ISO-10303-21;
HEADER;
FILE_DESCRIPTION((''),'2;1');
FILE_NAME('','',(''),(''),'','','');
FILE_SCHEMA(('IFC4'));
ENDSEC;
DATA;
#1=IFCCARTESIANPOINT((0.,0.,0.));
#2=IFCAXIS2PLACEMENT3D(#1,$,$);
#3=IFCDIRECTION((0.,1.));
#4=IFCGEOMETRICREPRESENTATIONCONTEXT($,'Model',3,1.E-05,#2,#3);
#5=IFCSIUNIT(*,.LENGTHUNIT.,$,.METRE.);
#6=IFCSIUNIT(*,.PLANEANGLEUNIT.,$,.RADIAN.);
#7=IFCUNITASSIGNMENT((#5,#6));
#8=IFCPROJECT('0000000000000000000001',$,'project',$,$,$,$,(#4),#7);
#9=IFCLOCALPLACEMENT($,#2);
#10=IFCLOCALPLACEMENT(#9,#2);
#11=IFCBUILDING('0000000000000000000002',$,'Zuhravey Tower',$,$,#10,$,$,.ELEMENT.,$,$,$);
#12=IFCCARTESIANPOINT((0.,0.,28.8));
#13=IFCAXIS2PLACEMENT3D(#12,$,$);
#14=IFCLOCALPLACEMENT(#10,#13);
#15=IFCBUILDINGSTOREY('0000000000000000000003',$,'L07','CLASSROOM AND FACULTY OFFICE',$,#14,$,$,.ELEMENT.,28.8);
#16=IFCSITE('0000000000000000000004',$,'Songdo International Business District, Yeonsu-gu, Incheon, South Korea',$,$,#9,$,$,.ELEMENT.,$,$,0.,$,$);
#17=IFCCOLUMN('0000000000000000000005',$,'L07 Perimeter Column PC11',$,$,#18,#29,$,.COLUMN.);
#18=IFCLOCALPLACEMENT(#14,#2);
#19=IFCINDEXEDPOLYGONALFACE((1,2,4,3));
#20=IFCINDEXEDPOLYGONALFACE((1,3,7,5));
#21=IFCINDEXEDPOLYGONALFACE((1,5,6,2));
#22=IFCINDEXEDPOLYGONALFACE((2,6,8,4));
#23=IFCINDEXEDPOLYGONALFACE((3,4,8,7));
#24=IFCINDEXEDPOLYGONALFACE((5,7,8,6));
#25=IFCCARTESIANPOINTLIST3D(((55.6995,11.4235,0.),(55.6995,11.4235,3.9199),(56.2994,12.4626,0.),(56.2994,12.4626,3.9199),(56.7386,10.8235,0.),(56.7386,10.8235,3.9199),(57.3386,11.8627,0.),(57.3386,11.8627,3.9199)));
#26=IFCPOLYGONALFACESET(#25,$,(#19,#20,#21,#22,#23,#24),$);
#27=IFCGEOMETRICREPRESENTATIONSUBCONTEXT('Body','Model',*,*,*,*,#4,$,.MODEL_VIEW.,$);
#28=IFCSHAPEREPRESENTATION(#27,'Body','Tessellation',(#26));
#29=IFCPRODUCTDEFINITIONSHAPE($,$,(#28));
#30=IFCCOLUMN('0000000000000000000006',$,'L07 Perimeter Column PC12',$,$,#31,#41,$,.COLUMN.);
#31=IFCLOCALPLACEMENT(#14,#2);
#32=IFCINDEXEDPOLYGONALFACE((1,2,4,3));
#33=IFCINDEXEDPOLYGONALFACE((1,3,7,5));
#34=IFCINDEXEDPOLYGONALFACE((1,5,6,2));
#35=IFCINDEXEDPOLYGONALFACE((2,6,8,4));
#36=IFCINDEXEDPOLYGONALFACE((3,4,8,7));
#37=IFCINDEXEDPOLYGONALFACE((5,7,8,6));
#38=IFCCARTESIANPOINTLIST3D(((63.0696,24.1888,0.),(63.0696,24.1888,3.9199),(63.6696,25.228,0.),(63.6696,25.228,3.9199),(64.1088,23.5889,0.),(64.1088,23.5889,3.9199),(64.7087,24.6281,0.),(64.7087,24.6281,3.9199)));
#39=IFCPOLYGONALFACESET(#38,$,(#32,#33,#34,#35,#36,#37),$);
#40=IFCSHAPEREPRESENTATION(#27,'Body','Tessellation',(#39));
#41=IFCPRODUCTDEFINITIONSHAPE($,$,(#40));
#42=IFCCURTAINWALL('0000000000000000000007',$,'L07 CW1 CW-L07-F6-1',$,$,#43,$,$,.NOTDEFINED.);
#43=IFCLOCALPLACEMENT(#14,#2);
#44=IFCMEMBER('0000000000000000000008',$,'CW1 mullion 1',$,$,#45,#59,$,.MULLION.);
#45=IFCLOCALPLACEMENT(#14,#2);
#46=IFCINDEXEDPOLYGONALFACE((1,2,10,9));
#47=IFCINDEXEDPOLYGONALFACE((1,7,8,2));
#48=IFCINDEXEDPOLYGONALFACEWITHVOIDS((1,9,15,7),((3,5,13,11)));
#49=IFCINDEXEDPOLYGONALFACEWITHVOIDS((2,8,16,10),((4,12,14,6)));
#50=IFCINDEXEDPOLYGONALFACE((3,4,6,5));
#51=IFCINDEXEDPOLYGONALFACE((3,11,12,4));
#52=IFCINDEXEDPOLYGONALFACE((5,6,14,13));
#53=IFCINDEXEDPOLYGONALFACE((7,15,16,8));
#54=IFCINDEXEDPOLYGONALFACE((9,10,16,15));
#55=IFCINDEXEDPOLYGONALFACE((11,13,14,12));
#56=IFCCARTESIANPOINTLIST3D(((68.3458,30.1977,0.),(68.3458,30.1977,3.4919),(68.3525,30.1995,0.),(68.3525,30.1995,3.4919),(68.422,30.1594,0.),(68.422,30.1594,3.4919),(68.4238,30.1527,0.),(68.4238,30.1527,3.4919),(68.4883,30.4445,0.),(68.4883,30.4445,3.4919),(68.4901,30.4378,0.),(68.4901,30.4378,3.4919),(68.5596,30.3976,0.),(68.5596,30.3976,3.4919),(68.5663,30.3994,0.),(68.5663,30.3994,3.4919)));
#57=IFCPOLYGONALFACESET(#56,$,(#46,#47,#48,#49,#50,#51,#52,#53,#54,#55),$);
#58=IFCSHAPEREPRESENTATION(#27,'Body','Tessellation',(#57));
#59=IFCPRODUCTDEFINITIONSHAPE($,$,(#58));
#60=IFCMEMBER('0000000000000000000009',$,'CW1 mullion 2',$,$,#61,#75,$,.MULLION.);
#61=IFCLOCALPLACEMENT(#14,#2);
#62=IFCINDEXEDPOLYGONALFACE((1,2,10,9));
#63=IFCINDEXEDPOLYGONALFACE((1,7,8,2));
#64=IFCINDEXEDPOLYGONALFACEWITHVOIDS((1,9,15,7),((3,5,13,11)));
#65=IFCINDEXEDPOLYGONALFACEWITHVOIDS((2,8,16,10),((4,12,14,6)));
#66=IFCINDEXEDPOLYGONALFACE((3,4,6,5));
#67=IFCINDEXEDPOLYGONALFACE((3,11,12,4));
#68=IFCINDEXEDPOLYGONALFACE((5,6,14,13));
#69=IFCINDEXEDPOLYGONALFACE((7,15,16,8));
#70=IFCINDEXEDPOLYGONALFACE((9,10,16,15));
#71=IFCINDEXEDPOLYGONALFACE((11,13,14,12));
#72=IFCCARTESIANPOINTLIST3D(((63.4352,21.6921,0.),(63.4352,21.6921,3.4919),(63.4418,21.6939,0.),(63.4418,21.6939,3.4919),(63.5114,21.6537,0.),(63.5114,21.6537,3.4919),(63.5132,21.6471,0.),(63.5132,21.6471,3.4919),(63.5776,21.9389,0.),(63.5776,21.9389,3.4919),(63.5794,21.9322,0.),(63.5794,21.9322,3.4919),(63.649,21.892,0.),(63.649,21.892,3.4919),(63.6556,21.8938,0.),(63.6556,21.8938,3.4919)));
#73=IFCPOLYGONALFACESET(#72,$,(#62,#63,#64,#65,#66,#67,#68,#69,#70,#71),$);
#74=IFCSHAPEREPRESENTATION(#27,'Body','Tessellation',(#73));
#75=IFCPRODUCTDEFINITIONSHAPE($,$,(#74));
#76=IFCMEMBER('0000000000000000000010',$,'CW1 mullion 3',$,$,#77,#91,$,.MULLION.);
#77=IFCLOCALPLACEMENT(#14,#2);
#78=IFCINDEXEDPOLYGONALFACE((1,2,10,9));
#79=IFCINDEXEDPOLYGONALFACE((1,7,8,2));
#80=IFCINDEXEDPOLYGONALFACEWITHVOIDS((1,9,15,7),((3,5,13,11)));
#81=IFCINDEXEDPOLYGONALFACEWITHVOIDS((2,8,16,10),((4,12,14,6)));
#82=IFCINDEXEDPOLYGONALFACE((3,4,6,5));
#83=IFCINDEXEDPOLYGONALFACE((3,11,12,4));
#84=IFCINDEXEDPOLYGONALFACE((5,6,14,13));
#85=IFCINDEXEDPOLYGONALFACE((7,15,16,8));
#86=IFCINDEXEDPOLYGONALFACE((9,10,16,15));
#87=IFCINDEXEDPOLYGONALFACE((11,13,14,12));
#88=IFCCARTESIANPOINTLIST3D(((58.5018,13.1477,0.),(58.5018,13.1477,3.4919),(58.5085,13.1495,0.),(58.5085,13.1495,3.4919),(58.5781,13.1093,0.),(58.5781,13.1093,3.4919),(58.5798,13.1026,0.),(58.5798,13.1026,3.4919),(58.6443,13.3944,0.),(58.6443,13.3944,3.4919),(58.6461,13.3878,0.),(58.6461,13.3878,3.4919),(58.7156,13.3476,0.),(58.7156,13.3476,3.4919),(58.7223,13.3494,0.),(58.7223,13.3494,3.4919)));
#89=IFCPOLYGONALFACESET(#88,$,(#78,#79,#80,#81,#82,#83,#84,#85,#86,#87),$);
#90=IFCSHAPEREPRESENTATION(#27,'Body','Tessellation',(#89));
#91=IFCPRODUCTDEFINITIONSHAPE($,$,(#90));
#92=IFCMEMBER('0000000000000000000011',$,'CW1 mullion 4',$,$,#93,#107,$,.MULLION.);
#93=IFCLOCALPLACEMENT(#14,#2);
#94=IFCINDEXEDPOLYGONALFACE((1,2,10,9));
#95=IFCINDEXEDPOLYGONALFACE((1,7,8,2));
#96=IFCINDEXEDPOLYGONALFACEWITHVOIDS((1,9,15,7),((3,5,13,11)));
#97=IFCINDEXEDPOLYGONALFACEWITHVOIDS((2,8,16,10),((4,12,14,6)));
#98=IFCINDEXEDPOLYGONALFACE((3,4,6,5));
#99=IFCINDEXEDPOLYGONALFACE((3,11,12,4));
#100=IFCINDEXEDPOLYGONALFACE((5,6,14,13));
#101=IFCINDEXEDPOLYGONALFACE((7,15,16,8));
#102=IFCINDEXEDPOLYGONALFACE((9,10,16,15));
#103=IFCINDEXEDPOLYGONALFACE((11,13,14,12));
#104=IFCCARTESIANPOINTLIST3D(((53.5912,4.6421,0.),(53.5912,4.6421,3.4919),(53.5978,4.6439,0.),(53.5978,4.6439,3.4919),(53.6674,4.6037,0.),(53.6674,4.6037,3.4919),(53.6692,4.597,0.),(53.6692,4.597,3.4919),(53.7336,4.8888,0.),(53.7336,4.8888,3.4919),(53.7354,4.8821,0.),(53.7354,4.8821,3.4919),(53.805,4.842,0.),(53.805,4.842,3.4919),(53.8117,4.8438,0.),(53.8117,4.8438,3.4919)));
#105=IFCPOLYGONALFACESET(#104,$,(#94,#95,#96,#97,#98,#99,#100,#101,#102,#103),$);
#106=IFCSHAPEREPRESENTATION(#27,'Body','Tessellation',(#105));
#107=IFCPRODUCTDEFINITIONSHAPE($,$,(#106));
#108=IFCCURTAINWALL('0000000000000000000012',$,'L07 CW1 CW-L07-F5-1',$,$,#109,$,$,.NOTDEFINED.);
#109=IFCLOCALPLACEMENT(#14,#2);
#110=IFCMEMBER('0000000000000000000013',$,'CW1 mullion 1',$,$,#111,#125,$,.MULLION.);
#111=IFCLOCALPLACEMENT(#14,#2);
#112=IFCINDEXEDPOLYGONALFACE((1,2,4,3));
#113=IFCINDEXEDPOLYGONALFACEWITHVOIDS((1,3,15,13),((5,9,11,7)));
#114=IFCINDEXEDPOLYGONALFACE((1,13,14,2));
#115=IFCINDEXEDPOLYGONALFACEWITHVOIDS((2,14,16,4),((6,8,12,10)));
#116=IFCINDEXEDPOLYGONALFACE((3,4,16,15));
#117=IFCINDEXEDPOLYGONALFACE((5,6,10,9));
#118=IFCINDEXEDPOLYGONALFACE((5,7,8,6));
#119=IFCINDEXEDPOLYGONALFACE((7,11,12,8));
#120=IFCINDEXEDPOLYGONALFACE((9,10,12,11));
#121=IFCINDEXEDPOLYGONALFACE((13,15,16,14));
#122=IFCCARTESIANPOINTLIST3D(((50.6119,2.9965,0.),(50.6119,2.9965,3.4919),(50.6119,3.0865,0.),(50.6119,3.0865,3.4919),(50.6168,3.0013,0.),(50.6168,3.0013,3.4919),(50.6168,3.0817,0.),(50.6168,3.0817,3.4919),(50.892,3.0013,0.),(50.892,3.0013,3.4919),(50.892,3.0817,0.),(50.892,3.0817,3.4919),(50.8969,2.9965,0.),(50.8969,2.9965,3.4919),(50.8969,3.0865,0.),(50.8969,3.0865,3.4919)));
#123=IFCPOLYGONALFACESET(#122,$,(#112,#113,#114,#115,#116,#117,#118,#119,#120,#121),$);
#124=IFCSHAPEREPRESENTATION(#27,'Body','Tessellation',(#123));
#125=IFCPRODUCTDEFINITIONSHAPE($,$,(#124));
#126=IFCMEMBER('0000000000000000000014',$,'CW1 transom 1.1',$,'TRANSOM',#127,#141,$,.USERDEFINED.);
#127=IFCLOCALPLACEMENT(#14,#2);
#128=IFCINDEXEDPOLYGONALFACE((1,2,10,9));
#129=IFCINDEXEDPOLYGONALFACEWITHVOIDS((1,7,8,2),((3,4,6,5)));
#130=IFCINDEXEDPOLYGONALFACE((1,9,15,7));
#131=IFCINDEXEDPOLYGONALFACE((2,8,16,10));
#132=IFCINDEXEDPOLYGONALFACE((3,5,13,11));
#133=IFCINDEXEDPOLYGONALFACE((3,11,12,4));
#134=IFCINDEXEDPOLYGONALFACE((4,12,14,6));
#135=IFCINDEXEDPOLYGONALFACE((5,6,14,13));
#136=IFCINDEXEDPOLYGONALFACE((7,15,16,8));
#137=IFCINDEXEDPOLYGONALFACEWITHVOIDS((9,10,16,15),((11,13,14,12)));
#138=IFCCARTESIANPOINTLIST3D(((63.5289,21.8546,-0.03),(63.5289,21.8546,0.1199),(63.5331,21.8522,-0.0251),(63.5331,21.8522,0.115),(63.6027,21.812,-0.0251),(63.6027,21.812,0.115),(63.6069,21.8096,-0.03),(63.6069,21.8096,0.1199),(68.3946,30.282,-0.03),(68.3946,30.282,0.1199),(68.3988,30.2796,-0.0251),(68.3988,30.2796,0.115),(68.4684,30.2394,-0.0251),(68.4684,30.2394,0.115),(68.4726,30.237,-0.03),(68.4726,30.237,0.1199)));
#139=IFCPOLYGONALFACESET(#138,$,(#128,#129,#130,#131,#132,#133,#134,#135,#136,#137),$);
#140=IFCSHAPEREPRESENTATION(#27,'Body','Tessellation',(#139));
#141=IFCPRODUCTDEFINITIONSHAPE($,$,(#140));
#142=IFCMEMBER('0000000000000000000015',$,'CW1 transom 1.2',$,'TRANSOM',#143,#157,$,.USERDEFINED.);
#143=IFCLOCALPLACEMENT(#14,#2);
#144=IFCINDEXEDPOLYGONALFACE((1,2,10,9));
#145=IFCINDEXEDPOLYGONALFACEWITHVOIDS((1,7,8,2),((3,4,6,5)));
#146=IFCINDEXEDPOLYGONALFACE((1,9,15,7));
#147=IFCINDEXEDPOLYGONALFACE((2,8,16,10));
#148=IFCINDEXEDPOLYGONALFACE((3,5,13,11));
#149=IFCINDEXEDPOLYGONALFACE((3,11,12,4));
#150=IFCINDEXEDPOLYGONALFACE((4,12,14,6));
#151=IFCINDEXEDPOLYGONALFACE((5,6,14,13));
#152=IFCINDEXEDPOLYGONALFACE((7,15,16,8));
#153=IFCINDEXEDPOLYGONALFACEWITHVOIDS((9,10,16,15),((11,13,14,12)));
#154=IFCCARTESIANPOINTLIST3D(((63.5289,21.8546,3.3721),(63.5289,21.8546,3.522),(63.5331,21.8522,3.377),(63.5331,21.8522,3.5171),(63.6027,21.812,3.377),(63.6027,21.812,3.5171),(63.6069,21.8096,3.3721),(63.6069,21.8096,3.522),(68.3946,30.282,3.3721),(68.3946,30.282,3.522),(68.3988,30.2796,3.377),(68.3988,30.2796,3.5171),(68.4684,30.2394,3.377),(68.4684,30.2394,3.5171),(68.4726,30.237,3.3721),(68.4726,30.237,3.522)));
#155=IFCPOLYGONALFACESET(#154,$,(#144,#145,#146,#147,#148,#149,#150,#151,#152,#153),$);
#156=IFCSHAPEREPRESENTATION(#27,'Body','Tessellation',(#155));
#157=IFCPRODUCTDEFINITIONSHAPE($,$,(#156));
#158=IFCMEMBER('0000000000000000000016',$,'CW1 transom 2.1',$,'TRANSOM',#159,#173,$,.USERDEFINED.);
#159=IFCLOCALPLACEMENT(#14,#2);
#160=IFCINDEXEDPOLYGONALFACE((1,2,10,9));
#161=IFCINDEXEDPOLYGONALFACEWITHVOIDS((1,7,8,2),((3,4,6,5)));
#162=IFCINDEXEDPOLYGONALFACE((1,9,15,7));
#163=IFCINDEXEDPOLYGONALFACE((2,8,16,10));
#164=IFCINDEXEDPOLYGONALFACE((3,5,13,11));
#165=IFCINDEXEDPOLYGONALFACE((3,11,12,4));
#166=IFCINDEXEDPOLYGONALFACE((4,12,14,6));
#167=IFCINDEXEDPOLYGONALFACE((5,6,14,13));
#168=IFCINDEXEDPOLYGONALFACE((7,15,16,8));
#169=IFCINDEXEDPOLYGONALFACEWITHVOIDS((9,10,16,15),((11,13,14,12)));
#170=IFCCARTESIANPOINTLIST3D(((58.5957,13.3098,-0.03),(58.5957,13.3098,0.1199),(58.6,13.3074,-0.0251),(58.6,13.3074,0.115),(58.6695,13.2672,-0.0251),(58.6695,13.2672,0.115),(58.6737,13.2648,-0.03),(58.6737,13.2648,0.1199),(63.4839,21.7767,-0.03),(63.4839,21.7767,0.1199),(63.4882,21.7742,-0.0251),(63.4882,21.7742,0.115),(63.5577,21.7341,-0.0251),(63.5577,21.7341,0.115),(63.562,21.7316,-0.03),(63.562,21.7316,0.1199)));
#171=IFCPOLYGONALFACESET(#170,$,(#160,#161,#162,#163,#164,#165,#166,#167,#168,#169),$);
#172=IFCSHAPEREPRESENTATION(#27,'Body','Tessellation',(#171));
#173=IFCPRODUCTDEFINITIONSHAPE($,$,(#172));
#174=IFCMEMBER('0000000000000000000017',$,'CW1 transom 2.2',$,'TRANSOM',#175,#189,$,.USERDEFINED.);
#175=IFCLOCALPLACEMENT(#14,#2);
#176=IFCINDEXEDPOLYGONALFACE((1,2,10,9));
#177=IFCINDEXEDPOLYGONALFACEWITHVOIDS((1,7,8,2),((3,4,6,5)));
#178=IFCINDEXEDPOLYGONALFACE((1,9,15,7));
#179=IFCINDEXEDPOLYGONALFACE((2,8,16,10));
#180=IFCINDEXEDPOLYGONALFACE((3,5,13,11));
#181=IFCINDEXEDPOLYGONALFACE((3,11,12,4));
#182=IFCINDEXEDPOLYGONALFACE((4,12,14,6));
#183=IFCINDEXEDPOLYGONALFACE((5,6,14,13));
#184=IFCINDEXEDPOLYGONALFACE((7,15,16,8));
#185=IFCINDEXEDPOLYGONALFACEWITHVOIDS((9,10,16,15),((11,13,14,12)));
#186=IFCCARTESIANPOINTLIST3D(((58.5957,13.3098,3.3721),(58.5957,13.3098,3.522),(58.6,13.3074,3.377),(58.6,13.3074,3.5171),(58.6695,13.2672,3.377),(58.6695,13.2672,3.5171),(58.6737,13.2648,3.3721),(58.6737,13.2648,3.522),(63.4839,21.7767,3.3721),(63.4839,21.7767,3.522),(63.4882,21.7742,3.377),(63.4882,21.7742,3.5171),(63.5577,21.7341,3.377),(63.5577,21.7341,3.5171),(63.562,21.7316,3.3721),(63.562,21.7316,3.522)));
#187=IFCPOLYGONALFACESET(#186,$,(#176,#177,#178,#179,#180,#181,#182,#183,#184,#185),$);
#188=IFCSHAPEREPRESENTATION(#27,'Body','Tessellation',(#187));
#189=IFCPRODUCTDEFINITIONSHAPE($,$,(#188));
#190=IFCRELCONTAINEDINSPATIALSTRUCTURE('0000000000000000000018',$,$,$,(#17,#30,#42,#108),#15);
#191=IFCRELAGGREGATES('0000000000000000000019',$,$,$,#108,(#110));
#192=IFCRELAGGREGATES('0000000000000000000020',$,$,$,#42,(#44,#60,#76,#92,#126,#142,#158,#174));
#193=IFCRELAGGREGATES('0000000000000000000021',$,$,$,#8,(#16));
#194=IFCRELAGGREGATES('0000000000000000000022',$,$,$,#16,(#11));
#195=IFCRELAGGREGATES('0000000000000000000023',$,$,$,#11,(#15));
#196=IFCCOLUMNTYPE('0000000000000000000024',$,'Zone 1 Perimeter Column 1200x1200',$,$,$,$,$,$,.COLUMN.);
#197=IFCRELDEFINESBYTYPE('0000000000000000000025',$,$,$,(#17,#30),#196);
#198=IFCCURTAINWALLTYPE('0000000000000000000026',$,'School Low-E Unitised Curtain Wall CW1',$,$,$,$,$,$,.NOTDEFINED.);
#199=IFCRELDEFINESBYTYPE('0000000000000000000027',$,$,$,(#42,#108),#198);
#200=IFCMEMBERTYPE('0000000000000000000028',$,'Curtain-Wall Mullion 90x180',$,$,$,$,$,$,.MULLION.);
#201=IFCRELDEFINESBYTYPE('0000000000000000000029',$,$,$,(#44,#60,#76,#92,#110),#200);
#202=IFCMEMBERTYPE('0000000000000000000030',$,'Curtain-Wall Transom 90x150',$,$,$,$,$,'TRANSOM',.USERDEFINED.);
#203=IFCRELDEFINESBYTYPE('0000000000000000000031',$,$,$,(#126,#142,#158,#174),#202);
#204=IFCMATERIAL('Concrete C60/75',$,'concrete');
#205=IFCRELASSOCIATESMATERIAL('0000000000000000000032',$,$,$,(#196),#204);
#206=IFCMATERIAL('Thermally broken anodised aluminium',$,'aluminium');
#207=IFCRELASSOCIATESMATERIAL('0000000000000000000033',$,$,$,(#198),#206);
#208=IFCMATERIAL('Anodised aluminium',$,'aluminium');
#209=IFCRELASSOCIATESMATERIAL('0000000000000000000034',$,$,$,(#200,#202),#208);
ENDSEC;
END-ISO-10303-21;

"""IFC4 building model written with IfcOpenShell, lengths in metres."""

from ifc_helpers import new_model, si_unit, direction, frame, origin, origin_2d, place, context, subcontext, project, spatial, rectangle, hollow_rectangle, extrude, material, material_profile, profile_set, type_object, element, aggregate, save


model = new_model("IFC4")

# Units and contexts
model_context = context("Model", 3, precision=1e-05, world=origin(), true_north=direction((0.0, 1.0)))
body_context = subcontext(model_context, "Body", "Model", "MODEL_VIEW")
ifc_project = project(units=[si_unit("LENGTHUNIT", "METRE"), si_unit("PLANEANGLEUNIT", "RADIAN")], contexts=[model_context])

# Site, building, storey
site_placement = place(None, origin())
site = spatial("IfcSite", under=ifc_project, at=site_placement, Name="Songdo International Business District, Yeonsu-gu, Incheon, South Korea", CompositionType="ELEMENT", RefElevation=0.0)
building_placement = place(site_placement, origin())
building = spatial("IfcBuilding", under=site, at=building_placement, Name="Zuhravey Tower", CompositionType="ELEMENT")
storey_placement = place(building_placement, frame((0.0, 0.0, 28.8)))
storey = spatial("IfcBuildingStorey", under=building, at=storey_placement, Name="L07", Description="CLASSROOM AND FACULTY OFFICE", CompositionType="ELEMENT", Elevation=28.8)

# Columns
ifc_material_1 = material(Name="Concrete C60/75", Category="concrete")
ifc_material_profile_1 = material_profile(ifc_material_1, rectangle(XDim=1.2, YDim=1.2, at=origin_2d()), Name="RC-1200x1200")
ifc_profile_set_1 = profile_set([ifc_material_profile_1], Name="Concrete C60/75")
column_type = type_object("IfcColumnType", Name="Zone 1 Perimeter Column 1200x1200", PredefinedType="COLUMN", material=ifc_profile_set_1)
for number, where, z_axis, x_axis, name in (
    (1, (56.519, 11.6431, 0.0), (0.0, 0.0, 1.0), (0.5, 0.866025, 0.0), "L07 Perimeter Column PC11"),
    (2, (63.8892, 24.4084, 0.0), (0.0, 0.0, 1.0), (0.5, 0.866025, 0.0), "L07 Perimeter Column PC12"),
):
    element("IfcColumn", number, at=place(storey_placement, frame(where, z_axis=z_axis, x_axis=x_axis)), inside=storey, type_object=column_type, Name=name, PredefinedType="COLUMN", context=body_context, shape_type="SweptSolid", body=[
        extrude(rectangle(XDim=1.2, YDim=1.2, at=origin_2d()), origin(), (0.0, 0.0, 1.0), 3.9199),
    ])

# Curtain wall, members
ifc_material_2 = material(Name="Thermally broken anodised aluminium", Category="aluminium")
curtain_wall_type = type_object("IfcCurtainWallType", Name="School Low-E Unitised Curtain Wall CW1", PredefinedType="NOTDEFINED", material=ifc_material_2)
curtain_wall_1_placement = place(storey_placement, origin())
curtain_wall_1 = element("IfcCurtainWall", 3, at=curtain_wall_1_placement, inside=storey, type_object=curtain_wall_type, Name="L07 CW1 CW-L07-F6-1", PredefinedType="NOTDEFINED")
ifc_material_3 = material(Name="Anodised aluminium", Category="aluminium")
ifc_material_profile_2 = material_profile(ifc_material_3, hollow_rectangle(XDim=0.0901, YDim=0.2849, WallThickness=0.0049, at=origin_2d()), Name="ALU-RHS-90x285x5")
ifc_profile_set_2 = profile_set([ifc_material_profile_2], Name="Anodised aluminium")
member_type_1 = type_object("IfcMemberType", Name="Curtain-Wall Mullion 90x180", PredefinedType="MULLION", material=ifc_profile_set_2)
member_1_placement = place(storey_placement, frame((68.4561, 30.2986, 0.0), z_axis=(0.0, 0.0, 1.0), x_axis=(0.866026, -0.5, 0.0)))
member_1 = element("IfcMember", 4, at=member_1_placement, type_object=member_type_1, Name="CW1 mullion 1", PredefinedType="MULLION", context=body_context, shape_type="SweptSolid", body=[
    extrude(hollow_rectangle(XDim=0.0901, YDim=0.2849, WallThickness=0.0049, at=origin_2d()), origin(), (0.0, 0.0, 1.0), 3.4919),
])
member_2_placement = place(storey_placement, frame((63.5454, 21.793, 0.0), z_axis=(0.0, 0.0, 1.0), x_axis=(0.866026, -0.5, 0.0)))
member_2 = element("IfcMember", 5, at=member_2_placement, type_object=member_type_1, Name="CW1 mullion 2", PredefinedType="MULLION", context=body_context, shape_type="SweptSolid", body=[
    extrude(hollow_rectangle(XDim=0.0901, YDim=0.2849, WallThickness=0.0049, at=origin_2d()), origin(), (0.0, 0.0, 1.0), 3.4919),
])
member_3_placement = place(storey_placement, frame((58.6121, 13.2485, 0.0), z_axis=(0.0, 0.0, 1.0), x_axis=(0.866026, -0.5, 0.0)))
member_3 = element("IfcMember", 6, at=member_3_placement, type_object=member_type_1, Name="CW1 mullion 3", PredefinedType="MULLION", context=body_context, shape_type="SweptSolid", body=[
    extrude(hollow_rectangle(XDim=0.0901, YDim=0.2849, WallThickness=0.0049, at=origin_2d()), origin(), (0.0, 0.0, 1.0), 3.4919),
])
member_4_placement = place(storey_placement, frame((53.7014, 4.7429, 0.0), z_axis=(0.0, 0.0, 1.0), x_axis=(0.866026, -0.5, 0.0)))
member_4 = element("IfcMember", 7, at=member_4_placement, type_object=member_type_1, Name="CW1 mullion 4", PredefinedType="MULLION", context=body_context, shape_type="SweptSolid", body=[
    extrude(hollow_rectangle(XDim=0.0901, YDim=0.2849, WallThickness=0.0049, at=origin_2d()), origin(), (0.0, 0.0, 1.0), 3.4919),
])

# Curtain wall, member
curtain_wall_2_placement = place(storey_placement, origin())
curtain_wall_2 = element("IfcCurtainWall", 8, at=curtain_wall_2_placement, inside=storey, type_object=curtain_wall_type, Name="L07 CW1 CW-L07-F5-1", PredefinedType="NOTDEFINED")
member_5_placement = place(storey_placement, frame((50.7544, 3.0415, 0.0), z_axis=(0.0, 0.0, 1.0), x_axis=(0.0, -1.0, 0.0)))
member_5 = element("IfcMember", 9, at=member_5_placement, type_object=member_type_1, Name="CW1 mullion 1", PredefinedType="MULLION", context=body_context, shape_type="SweptSolid", body=[
    extrude(hollow_rectangle(XDim=0.0901, YDim=0.2849, WallThickness=0.0049, at=origin_2d()), origin(), (0.0, 0.0, 1.0), 3.4919),
])

# Members
ifc_material_profile_3 = material_profile(ifc_material_3, hollow_rectangle(XDim=0.0901, YDim=0.1499, WallThickness=0.0049, at=origin_2d()), Name="ALU-RHS-90x150x5")
ifc_profile_set_3 = profile_set([ifc_material_profile_3], Name="Anodised aluminium")
member_type_2 = type_object("IfcMemberType", Name="Curtain-Wall Transom 90x150", ElementType="TRANSOM", PredefinedType="USERDEFINED", material=ifc_profile_set_3)
member_6_placement = place(storey_placement, frame((68.4336, 30.2595, 0.0449), z_axis=(-0.500008, -0.866021, 0.0), x_axis=(0.866021, -0.500008, 0.0)))
member_6 = element("IfcMember", 10, at=member_6_placement, type_object=member_type_2, Name="CW1 transom 1.1", ObjectType="TRANSOM", PredefinedType="USERDEFINED", context=body_context, shape_type="SweptSolid", body=[
    extrude(hollow_rectangle(XDim=0.0901, YDim=0.1499, WallThickness=0.0049, at=origin_2d()), origin(), (0.0, 0.0, 1.0), 9.7312),
])
member_7_placement = place(storey_placement, frame((68.4336, 30.2595, 3.447), z_axis=(-0.500008, -0.866021, 0.0), x_axis=(0.866021, -0.500008, 0.0)))
member_7 = element("IfcMember", 11, at=member_7_placement, type_object=member_type_2, Name="CW1 transom 1.2", ObjectType="TRANSOM", PredefinedType="USERDEFINED", context=body_context, shape_type="SweptSolid", body=[
    extrude(hollow_rectangle(XDim=0.0901, YDim=0.1499, WallThickness=0.0049, at=origin_2d()), origin(), (0.0, 0.0, 1.0), 9.7312),
])
member_8_placement = place(storey_placement, frame((63.5229, 21.7542, 0.0449), z_axis=(-0.49999, -0.866031, 0.0), x_axis=(0.866031, -0.49999, 0.0)))
member_8 = element("IfcMember", 12, at=member_8_placement, type_object=member_type_2, Name="CW1 transom 2.1", ObjectType="TRANSOM", PredefinedType="USERDEFINED", context=body_context, shape_type="SweptSolid", body=[
    extrude(hollow_rectangle(XDim=0.0901, YDim=0.1499, WallThickness=0.0049, at=origin_2d()), origin(), (0.0, 0.0, 1.0), 9.7766),
])
member_9_placement = place(storey_placement, frame((63.5229, 21.7542, 3.447), z_axis=(-0.49999, -0.866031, 0.0), x_axis=(0.866031, -0.49999, 0.0)))
member_9 = element("IfcMember", 13, at=member_9_placement, type_object=member_type_2, Name="CW1 transom 2.2", ObjectType="TRANSOM", PredefinedType="USERDEFINED", context=body_context, shape_type="SweptSolid", body=[
    extrude(hollow_rectangle(XDim=0.0901, YDim=0.1499, WallThickness=0.0049, at=origin_2d()), origin(), (0.0, 0.0, 1.0), 9.7766),
])
aggregate(curtain_wall_2, [member_5])

aggregate(curtain_wall_1, [member_1, member_2, member_3, member_4, member_6, member_7, member_8, member_9])

save(model, "model.ifc")
